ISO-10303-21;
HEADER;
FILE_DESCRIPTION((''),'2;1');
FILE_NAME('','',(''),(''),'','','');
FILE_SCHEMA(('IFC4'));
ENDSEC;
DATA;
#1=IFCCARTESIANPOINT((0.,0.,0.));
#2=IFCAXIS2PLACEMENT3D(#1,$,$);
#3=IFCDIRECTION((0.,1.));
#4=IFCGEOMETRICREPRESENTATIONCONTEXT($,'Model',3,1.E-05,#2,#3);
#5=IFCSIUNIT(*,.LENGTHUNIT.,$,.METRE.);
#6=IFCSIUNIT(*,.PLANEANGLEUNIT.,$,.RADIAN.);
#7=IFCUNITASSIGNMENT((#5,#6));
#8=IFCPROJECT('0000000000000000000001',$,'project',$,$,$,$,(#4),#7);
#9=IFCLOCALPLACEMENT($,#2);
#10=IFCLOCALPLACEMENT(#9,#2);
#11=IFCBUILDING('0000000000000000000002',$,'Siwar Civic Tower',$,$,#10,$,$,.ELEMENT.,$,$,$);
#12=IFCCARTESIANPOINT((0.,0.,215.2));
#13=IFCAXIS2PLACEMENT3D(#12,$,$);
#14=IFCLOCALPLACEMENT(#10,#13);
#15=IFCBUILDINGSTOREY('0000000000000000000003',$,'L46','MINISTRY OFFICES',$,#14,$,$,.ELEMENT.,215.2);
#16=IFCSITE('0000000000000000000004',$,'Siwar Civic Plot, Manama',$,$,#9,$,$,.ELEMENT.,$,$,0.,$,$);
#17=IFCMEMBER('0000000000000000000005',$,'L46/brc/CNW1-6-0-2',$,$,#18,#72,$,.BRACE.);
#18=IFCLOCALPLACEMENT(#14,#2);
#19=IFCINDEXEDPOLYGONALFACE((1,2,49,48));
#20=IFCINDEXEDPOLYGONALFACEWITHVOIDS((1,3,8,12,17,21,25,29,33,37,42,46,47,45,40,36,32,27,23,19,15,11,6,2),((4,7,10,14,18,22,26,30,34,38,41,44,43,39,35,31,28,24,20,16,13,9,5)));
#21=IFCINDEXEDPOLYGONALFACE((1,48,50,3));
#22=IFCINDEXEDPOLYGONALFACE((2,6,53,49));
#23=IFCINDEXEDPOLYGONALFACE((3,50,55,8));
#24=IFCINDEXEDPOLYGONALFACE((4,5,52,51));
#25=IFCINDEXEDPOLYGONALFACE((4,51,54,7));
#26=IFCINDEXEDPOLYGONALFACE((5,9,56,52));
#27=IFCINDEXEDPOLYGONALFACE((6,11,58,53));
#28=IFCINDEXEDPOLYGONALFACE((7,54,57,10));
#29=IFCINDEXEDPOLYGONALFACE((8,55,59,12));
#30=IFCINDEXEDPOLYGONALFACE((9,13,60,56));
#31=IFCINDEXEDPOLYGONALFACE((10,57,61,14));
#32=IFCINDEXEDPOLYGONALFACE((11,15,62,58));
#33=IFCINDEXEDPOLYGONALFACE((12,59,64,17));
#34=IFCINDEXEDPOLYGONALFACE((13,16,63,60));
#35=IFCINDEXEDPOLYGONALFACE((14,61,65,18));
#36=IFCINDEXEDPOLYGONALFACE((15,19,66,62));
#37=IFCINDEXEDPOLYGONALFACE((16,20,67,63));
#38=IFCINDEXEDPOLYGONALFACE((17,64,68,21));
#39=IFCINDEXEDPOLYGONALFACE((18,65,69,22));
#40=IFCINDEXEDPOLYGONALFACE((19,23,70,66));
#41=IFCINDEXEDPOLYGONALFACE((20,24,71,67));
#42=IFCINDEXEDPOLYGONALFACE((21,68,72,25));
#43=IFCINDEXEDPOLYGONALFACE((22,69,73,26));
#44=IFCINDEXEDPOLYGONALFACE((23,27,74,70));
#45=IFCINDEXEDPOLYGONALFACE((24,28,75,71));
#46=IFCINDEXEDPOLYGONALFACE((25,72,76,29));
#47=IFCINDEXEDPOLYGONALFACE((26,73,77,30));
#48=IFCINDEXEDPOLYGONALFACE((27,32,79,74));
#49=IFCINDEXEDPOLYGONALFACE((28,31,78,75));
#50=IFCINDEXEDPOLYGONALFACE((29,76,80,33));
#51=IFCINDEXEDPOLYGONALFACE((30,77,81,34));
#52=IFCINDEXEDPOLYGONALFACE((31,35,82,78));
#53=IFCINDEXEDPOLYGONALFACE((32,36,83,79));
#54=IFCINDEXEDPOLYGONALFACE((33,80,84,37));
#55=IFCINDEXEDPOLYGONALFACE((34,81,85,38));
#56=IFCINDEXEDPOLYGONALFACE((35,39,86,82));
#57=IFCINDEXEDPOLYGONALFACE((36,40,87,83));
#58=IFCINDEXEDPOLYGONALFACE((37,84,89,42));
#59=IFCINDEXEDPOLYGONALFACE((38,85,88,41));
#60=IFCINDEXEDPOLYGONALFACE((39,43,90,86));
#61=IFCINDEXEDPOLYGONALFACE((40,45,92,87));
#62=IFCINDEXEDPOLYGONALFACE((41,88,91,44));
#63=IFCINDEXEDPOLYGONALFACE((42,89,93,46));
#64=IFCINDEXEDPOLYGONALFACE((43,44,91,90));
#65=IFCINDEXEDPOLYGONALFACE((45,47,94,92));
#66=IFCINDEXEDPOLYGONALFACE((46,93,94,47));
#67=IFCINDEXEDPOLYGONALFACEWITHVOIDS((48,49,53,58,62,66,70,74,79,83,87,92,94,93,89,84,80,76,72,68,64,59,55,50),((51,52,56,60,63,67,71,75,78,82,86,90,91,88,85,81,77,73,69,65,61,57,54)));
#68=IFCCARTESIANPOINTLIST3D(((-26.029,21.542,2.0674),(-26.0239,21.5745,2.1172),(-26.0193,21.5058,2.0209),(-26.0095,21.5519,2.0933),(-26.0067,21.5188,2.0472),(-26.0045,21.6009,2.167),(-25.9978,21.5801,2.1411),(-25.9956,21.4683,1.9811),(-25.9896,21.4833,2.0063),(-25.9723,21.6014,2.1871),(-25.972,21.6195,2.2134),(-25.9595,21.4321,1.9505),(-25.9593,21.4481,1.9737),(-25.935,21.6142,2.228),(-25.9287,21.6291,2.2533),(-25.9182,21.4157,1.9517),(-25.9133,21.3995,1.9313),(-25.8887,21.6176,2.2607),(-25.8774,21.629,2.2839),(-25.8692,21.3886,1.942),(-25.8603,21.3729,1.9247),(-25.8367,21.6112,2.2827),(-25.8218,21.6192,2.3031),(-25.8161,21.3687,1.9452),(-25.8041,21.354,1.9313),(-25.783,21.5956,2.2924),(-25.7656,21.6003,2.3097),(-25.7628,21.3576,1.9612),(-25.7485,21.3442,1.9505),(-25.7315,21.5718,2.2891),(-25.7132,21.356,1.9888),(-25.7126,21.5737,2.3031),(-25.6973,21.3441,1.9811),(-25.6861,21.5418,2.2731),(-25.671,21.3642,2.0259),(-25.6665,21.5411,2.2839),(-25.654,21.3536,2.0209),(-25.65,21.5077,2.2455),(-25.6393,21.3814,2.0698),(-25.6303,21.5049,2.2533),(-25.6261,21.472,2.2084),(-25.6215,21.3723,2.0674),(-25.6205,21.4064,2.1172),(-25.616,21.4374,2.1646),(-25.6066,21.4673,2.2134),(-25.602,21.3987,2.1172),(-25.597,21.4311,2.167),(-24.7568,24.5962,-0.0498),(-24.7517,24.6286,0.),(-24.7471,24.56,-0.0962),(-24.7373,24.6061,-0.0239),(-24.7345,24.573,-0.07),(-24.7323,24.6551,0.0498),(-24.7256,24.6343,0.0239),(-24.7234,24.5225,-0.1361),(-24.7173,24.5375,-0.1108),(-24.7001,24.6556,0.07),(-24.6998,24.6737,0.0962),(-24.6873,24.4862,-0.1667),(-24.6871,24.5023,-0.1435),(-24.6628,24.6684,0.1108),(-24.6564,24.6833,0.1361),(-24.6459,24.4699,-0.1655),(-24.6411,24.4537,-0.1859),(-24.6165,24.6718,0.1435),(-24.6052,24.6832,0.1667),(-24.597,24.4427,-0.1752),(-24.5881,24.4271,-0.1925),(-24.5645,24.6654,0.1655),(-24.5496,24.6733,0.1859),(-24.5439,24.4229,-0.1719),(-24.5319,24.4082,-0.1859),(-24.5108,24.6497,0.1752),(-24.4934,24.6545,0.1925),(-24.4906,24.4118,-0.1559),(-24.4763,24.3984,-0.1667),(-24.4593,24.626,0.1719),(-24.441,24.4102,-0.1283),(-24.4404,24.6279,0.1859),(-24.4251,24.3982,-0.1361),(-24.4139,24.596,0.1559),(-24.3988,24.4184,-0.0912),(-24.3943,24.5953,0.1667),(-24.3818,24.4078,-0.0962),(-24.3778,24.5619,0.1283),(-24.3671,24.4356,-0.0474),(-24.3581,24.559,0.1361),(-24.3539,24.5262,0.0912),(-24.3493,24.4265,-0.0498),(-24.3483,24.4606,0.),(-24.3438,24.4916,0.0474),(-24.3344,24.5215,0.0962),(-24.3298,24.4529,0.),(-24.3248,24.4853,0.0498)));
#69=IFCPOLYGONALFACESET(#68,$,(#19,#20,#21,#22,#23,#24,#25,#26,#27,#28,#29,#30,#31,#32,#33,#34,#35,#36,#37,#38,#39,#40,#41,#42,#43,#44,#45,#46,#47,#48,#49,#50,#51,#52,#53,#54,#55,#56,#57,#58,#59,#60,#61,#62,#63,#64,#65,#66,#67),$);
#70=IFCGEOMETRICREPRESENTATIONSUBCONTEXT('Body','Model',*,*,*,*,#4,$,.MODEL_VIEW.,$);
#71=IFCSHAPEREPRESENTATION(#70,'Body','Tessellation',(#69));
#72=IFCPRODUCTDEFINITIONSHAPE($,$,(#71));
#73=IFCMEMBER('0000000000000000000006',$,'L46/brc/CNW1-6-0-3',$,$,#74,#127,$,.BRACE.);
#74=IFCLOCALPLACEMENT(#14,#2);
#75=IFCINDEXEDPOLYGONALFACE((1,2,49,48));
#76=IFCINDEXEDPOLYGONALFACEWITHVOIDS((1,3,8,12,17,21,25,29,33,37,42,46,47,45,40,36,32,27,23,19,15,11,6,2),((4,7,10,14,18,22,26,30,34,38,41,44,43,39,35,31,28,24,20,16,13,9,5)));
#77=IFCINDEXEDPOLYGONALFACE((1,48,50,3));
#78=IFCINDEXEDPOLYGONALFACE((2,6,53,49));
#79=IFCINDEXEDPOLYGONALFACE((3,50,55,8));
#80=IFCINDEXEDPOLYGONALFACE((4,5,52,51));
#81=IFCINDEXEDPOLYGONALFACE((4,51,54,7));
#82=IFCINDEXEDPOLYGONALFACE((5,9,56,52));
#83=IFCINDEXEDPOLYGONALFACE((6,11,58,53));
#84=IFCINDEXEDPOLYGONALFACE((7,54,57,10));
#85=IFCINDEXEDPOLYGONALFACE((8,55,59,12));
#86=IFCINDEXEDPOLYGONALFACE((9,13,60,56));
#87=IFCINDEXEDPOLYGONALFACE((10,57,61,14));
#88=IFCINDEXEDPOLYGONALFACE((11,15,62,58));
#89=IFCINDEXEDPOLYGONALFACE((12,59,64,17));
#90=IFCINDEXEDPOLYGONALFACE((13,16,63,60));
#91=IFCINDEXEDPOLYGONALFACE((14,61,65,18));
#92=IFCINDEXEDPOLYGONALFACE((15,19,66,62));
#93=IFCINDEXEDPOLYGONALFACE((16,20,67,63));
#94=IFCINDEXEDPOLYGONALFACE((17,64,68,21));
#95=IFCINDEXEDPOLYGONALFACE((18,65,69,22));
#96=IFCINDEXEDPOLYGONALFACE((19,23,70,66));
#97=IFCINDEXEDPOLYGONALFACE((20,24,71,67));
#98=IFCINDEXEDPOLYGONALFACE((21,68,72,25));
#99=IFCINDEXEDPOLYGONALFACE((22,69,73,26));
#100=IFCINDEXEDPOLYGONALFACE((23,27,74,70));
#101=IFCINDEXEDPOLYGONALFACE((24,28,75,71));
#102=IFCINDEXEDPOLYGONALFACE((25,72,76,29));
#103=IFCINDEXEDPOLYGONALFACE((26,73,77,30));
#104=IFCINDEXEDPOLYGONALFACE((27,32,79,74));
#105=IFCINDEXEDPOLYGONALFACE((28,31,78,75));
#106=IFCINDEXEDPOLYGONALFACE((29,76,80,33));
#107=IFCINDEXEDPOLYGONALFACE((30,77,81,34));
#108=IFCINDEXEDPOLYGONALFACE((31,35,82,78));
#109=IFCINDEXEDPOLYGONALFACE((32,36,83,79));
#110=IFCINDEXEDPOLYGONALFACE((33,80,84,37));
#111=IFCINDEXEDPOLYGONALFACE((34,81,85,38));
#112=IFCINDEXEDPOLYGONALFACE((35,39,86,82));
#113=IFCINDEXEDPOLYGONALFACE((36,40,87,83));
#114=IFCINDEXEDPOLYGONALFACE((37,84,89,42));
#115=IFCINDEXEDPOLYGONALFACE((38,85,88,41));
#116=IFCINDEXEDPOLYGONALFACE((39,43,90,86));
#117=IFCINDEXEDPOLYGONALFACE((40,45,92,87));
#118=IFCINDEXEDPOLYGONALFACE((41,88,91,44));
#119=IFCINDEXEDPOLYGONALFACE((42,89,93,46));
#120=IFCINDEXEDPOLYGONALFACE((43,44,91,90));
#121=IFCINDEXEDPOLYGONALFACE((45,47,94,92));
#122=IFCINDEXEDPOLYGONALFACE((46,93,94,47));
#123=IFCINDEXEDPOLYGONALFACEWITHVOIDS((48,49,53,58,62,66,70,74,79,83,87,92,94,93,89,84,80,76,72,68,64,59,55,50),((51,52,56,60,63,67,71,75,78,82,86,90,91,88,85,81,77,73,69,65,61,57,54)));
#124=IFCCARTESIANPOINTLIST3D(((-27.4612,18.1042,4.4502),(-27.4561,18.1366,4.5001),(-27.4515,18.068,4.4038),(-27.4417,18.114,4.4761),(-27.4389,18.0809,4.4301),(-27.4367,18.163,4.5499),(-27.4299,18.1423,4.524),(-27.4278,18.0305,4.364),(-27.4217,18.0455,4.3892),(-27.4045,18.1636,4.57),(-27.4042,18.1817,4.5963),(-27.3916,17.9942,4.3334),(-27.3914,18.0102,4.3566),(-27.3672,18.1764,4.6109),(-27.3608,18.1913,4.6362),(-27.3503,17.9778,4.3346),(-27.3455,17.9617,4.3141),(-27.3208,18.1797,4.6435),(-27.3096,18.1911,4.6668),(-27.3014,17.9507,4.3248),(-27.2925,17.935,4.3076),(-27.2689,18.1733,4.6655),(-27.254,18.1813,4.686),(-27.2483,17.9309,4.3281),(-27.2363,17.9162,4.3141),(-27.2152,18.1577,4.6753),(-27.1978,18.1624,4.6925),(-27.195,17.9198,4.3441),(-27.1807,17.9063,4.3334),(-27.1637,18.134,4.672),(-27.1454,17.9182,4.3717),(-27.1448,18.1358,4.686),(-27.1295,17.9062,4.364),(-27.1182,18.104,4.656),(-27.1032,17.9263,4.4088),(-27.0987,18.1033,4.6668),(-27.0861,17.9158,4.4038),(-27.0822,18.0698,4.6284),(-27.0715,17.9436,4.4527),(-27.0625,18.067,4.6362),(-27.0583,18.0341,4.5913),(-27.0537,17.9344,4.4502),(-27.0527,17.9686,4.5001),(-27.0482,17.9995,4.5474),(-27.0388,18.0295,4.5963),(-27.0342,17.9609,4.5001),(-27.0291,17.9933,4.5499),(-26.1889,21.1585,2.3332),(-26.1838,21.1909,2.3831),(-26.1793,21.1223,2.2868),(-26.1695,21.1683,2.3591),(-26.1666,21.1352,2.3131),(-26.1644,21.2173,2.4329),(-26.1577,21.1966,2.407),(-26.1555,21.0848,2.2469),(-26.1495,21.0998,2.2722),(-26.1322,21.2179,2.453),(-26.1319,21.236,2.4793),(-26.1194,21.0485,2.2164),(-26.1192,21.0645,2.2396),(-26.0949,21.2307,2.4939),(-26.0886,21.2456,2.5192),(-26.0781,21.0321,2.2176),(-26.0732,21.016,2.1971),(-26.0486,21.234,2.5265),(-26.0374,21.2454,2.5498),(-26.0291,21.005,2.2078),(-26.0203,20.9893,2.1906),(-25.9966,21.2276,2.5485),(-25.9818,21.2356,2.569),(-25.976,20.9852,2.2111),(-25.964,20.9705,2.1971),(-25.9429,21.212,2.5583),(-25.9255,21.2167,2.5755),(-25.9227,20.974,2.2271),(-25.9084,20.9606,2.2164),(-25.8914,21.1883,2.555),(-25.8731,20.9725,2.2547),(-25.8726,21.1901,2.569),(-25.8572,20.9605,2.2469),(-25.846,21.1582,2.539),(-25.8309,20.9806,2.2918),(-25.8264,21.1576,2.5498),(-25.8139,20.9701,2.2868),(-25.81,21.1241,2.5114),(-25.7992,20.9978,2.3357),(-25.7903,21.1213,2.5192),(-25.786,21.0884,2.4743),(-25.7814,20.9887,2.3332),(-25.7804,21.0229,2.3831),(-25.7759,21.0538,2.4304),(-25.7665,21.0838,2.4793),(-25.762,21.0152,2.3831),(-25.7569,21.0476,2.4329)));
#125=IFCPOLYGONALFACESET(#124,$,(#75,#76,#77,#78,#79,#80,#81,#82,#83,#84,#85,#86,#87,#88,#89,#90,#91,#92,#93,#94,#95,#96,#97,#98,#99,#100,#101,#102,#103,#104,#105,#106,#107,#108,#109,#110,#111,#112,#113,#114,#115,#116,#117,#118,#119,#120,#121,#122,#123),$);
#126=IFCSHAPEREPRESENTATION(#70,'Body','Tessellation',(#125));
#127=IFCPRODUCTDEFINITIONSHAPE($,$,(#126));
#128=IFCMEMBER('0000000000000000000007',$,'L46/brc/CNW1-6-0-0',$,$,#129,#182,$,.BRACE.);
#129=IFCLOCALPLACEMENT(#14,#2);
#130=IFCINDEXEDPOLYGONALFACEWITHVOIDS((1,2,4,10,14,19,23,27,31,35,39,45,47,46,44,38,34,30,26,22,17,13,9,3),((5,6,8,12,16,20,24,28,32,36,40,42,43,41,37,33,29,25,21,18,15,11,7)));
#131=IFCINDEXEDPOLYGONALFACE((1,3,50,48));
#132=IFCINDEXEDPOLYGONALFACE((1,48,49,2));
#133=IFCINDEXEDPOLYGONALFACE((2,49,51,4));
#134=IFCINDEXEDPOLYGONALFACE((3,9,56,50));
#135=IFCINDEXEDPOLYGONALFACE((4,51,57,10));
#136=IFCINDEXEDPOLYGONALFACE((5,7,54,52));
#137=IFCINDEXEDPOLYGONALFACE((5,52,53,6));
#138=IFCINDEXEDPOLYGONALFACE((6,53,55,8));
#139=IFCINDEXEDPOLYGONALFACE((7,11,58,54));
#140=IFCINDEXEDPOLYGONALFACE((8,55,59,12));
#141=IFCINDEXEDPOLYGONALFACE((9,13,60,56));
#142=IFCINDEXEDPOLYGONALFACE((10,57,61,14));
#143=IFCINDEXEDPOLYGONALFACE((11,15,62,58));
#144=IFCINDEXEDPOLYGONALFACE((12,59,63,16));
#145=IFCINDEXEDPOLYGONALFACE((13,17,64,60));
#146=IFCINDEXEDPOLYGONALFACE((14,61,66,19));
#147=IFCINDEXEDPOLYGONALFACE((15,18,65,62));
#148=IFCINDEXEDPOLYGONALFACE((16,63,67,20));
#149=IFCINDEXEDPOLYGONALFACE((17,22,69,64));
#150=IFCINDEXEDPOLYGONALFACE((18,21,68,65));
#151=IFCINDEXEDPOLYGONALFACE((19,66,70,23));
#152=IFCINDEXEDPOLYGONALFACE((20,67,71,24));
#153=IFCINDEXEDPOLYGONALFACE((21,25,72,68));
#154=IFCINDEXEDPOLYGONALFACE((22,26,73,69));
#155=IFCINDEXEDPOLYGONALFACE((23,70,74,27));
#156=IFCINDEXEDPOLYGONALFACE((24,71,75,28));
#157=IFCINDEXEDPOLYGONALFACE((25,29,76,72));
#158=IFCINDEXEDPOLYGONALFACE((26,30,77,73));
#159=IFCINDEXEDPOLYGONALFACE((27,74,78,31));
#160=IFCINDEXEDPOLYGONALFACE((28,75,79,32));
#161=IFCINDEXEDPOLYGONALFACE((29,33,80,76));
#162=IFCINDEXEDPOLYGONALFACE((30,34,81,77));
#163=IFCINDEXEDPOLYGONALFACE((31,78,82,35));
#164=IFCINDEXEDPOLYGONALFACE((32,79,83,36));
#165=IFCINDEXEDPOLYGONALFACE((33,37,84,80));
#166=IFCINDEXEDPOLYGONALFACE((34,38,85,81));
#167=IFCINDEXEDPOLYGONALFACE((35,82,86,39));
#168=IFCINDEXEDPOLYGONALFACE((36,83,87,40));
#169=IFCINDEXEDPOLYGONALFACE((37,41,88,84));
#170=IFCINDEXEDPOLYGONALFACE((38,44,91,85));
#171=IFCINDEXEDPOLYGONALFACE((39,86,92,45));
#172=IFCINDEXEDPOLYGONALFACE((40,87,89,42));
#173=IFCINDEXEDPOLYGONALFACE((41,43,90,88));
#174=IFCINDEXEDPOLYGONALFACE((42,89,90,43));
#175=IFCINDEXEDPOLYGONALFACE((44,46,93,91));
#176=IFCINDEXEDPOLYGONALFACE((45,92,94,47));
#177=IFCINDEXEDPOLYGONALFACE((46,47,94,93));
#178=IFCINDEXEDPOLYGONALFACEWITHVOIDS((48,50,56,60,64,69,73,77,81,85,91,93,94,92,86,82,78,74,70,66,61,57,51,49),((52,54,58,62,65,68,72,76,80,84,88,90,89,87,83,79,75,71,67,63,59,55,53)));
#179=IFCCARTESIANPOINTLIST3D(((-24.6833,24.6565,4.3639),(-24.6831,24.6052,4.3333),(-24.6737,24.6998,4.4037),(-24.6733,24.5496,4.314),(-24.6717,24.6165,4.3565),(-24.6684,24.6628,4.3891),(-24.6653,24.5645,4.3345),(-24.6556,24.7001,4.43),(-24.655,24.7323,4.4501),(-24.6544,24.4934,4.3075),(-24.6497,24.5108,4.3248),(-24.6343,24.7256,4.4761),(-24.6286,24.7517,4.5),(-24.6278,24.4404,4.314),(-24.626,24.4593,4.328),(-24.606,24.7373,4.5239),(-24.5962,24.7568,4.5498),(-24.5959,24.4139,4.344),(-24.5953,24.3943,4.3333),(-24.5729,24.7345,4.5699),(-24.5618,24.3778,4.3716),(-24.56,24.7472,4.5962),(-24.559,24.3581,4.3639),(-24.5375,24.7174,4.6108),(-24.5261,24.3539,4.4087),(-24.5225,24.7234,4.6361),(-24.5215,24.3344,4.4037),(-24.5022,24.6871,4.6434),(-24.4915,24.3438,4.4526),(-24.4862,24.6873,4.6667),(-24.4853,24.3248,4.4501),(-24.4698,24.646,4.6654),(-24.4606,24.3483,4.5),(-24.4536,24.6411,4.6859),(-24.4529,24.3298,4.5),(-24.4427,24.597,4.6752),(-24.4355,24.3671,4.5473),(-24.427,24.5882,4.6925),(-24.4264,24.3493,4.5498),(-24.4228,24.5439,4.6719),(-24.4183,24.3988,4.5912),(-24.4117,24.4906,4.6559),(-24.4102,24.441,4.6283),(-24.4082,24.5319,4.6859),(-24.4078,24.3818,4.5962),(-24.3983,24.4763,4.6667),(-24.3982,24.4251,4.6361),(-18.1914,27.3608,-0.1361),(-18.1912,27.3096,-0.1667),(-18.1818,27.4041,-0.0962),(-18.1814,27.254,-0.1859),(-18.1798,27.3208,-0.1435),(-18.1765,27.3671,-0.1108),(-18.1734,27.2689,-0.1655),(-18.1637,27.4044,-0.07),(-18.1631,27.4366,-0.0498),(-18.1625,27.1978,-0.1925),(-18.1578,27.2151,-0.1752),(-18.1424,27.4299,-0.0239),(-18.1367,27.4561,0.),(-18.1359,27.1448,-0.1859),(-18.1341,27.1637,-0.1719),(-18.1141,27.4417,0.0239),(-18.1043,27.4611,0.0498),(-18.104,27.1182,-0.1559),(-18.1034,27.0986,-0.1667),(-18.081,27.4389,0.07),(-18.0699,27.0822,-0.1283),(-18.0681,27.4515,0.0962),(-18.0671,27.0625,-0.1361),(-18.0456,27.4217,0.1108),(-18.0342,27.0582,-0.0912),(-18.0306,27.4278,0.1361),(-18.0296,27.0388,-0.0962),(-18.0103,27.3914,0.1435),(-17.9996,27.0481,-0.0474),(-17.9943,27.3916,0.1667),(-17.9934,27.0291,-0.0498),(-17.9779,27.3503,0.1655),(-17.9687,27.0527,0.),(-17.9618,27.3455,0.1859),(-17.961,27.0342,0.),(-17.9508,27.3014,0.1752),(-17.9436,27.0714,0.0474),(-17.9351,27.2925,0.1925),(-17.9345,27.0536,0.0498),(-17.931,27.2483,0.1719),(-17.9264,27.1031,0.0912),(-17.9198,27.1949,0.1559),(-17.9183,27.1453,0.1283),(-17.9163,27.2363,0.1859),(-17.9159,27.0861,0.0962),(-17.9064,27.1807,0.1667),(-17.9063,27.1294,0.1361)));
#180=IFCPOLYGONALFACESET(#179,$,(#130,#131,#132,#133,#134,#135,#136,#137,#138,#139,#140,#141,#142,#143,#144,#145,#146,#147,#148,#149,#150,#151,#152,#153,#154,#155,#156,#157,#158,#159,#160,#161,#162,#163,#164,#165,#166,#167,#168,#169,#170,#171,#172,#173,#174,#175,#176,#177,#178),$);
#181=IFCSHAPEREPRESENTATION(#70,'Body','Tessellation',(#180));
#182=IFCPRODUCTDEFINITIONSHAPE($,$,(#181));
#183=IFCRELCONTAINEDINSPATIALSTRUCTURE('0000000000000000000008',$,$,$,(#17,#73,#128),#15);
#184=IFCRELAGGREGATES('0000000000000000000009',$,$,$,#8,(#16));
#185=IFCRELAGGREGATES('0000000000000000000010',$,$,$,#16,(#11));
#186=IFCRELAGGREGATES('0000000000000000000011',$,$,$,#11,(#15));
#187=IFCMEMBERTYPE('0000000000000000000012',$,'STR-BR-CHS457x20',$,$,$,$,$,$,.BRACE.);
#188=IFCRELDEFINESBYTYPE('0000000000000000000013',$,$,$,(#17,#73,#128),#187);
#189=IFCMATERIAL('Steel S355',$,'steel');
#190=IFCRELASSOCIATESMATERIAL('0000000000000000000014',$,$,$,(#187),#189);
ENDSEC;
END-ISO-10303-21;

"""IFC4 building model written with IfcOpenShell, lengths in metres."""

from ifc_helpers import new_model, si_unit, direction, frame, origin, origin_2d, place, context, subcontext, project, spatial, hollow_circle, extrude, material, material_profile, profile_set, type_object, element, save


model = new_model("IFC4")

# Units and contexts
model_context = context("Model", 3, precision=1e-05, world=origin(), true_north=direction((0.0, 1.0)))
body_context = subcontext(model_context, "Body", "Model", "MODEL_VIEW")
ifc_project = project(units=[si_unit("LENGTHUNIT", "METRE"), si_unit("PLANEANGLEUNIT", "RADIAN")], contexts=[model_context])

# Site, building, storey
site_placement = place(None, origin())
site = spatial("IfcSite", under=ifc_project, at=site_placement, Name="Siwar Civic Plot, Manama", CompositionType="ELEMENT", RefElevation=0.0)
building_placement = place(site_placement, origin())
building = spatial("IfcBuilding", under=site, at=building_placement, Name="Siwar Civic Tower", CompositionType="ELEMENT")
storey_placement = place(building_placement, frame((0.0, 0.0, 215.2)))
storey = spatial("IfcBuildingStorey", under=building, at=storey_placement, Name="L46", Description="MINISTRY OFFICES", CompositionType="ELEMENT", Elevation=215.2)

# Members
ifc_material_1 = material(Name="Steel S355", Category="steel")
ifc_material_profile_1 = material_profile(ifc_material_1, hollow_circle(Radius=0.2285, WallThickness=0.02, at=origin_2d()), Name="CHS457x20")
ifc_profile_set_1 = profile_set([ifc_material_profile_1], Name="Steel S355")
member_type_1 = type_object("IfcMemberType", Name="STR-BR-CHS457x20", PredefinedType="BRACE", material=ifc_profile_set_1)
for number, where, z_axis, x_axis, name in (
    (1, (-24.5408, 24.5408, 0.0), (-0.323884, -0.777546, 0.538999), (0.923116, -0.384521, 0.0), "L46/brc/CNW1-6-0-2"),
    (2, (-25.9729, 21.103, 2.3831), (-0.323895, -0.777572, 0.538955), (0.923116, -0.384521, 0.0), "L46/brc/CNW1-6-0-3"),
):
    element("IfcMember", number, at=place(storey_placement, frame(where, z_axis=z_axis, x_axis=x_axis)), inside=storey, type_object=member_type_1, Name=name, PredefinedType="BRACE", context=body_context, shape_type="SweptSolid", body=[
        extrude(hollow_circle(Radius=0.2285, WallThickness=0.02, at=origin_2d()), origin(), (0.0, 0.0, 1.0), 3.928),
    ])
member_1_placement = place(storey_placement, frame((-18.0488, 27.2451, 0.0), z_axis=(-0.777555, -0.323906, 0.538975), x_axis=(0.384539, -0.923109, 0.0)))
element("IfcMember", 3, at=member_1_placement, inside=storey, type_object=member_type_1, Name="L46/brc/CNW1-6-0-0", PredefinedType="BRACE", context=body_context, shape_type="SweptSolid", body=[
    extrude(hollow_circle(Radius=0.2285, WallThickness=0.02, at=origin_2d()), origin(), (0.0, 0.0, 1.0), 8.3491),
])

save(model, "model.ifc")
